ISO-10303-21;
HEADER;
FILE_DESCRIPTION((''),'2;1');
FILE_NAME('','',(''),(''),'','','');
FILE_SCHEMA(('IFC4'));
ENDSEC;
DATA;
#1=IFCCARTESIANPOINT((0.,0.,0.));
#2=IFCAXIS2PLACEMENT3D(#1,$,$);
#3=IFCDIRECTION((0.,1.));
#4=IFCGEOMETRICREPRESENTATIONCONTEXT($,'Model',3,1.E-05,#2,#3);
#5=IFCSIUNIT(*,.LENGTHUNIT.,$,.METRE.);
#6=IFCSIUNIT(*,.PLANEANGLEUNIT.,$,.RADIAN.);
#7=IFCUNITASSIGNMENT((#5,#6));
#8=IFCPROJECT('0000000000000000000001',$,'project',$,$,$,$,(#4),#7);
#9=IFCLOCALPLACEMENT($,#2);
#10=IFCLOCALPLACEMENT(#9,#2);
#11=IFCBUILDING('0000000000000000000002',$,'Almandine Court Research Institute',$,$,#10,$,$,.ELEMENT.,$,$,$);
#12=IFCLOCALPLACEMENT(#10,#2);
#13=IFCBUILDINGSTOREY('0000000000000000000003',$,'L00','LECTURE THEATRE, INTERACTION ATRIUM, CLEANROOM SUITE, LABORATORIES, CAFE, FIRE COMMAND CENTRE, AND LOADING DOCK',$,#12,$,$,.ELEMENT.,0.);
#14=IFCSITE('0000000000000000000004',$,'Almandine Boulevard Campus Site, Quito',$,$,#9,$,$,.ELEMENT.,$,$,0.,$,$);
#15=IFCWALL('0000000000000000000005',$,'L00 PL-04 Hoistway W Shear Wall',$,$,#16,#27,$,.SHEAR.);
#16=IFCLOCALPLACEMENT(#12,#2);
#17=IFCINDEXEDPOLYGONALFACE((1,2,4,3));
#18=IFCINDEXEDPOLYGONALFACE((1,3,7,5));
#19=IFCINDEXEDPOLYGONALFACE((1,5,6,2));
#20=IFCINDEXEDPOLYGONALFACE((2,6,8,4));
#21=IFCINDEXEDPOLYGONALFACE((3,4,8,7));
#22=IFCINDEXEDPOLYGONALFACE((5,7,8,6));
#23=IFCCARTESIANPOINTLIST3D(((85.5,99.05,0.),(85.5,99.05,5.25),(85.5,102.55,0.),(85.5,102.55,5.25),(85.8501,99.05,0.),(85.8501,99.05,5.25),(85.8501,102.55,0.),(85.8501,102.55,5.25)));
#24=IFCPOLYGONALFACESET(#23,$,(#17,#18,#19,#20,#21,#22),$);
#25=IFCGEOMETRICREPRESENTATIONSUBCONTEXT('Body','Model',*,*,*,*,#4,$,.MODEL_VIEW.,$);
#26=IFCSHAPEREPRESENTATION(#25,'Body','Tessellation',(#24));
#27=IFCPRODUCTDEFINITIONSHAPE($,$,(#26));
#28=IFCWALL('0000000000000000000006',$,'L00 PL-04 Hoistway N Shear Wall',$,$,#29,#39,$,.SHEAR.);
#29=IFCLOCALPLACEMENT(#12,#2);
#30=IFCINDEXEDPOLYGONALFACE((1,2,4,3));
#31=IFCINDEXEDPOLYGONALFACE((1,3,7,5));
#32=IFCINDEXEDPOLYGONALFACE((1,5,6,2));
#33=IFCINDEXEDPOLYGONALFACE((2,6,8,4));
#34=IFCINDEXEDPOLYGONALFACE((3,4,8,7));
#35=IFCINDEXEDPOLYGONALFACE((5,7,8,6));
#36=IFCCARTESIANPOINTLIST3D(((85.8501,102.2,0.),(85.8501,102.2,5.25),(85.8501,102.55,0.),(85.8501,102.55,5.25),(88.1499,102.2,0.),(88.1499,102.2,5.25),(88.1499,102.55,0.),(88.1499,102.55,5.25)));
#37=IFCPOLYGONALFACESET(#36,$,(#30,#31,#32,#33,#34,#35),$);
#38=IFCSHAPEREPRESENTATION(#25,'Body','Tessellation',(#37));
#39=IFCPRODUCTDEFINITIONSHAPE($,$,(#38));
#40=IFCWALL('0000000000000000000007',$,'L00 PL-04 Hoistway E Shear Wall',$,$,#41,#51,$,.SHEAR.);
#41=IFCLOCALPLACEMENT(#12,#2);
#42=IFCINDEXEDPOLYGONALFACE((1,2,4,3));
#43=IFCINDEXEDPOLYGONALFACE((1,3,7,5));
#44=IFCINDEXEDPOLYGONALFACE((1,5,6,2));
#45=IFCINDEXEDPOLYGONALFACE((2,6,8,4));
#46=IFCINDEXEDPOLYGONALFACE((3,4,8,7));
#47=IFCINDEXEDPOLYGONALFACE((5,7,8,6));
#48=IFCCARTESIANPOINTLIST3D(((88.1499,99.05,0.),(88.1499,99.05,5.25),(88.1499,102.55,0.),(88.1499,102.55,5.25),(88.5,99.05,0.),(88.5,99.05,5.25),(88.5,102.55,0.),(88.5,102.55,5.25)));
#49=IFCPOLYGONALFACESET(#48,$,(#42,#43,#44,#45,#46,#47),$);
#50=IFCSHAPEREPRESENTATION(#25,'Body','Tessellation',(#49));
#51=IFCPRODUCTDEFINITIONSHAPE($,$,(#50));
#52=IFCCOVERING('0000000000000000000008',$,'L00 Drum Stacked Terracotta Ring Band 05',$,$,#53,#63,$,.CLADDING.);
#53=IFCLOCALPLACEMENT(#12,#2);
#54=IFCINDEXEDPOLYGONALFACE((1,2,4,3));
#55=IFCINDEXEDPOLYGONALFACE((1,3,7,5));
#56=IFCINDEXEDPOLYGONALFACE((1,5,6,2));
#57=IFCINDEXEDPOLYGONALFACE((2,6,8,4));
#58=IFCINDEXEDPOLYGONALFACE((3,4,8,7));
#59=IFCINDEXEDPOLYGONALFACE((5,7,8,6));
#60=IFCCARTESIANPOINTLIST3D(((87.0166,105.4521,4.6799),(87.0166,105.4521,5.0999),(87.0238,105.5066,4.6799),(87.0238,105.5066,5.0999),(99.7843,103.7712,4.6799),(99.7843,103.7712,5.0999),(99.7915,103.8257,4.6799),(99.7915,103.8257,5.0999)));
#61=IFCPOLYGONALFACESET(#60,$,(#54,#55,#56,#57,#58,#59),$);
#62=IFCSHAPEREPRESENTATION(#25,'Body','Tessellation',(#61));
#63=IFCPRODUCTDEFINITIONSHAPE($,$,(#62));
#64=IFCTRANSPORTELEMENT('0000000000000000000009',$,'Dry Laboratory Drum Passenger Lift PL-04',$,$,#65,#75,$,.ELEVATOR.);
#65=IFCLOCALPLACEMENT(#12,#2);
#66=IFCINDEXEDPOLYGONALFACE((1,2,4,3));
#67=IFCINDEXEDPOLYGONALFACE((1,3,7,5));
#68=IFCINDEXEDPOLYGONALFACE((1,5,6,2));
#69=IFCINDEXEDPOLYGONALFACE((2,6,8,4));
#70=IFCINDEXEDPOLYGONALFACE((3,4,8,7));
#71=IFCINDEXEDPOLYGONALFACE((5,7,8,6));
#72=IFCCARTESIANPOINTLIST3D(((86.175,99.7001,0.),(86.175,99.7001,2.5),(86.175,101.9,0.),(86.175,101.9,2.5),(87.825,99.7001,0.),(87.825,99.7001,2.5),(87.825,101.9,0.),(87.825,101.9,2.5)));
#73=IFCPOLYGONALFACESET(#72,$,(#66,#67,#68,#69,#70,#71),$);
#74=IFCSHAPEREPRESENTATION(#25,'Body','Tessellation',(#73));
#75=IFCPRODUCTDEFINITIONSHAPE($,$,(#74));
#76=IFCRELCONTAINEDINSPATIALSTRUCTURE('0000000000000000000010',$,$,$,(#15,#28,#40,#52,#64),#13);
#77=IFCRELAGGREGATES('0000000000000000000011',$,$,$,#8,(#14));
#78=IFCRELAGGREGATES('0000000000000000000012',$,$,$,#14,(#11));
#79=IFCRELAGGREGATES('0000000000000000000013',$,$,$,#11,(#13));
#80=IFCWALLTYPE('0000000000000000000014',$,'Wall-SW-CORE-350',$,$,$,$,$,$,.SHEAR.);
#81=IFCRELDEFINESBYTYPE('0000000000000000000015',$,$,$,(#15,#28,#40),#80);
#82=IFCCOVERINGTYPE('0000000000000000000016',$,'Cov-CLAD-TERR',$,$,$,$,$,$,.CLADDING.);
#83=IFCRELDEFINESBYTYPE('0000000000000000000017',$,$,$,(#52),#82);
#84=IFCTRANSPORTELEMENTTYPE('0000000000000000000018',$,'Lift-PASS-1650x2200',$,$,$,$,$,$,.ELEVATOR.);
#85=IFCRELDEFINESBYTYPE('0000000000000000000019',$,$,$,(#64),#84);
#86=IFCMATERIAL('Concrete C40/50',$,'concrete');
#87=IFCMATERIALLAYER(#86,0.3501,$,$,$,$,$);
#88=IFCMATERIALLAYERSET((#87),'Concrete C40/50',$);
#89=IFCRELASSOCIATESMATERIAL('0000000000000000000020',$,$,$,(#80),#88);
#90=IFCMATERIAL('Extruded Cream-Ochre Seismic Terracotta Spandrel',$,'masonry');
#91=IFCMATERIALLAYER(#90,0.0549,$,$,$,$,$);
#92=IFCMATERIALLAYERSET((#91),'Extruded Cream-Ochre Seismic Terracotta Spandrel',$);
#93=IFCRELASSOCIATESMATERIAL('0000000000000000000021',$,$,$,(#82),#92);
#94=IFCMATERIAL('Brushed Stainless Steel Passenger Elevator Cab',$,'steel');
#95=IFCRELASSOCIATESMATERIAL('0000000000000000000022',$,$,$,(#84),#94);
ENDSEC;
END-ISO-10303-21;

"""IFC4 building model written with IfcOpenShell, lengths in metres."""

from ifc_helpers import new_model, si_unit, direction, frame, frame_2d, origin, origin_2d, place, context, subcontext, project, spatial, rectangle, extrude, material, layer, layer_set, type_object, element, save


model = new_model("IFC4")

# Units and contexts
model_context = context("Model", 3, precision=1e-05, world=origin(), true_north=direction((0.0, 1.0)))
body_context = subcontext(model_context, "Body", "Model", "MODEL_VIEW")
ifc_project = project(units=[si_unit("LENGTHUNIT", "METRE"), si_unit("PLANEANGLEUNIT", "RADIAN")], contexts=[model_context])

# Site, building, storey
site_placement = place(None, origin())
site = spatial("IfcSite", under=ifc_project, at=site_placement, Name="Almandine Boulevard Campus Site, Quito", CompositionType="ELEMENT", RefElevation=0.0)
building_placement = place(site_placement, origin())
building = spatial("IfcBuilding", under=site, at=building_placement, Name="Almandine Court Research Institute", CompositionType="ELEMENT")
storey_placement = place(building_placement, origin())
storey = spatial("IfcBuildingStorey", under=building, at=storey_placement, Name="L00", Description="LECTURE THEATRE, INTERACTION ATRIUM, CLEANROOM SUITE, LABORATORIES, CAFE, FIRE COMMAND CENTRE, AND LOADING DOCK", CompositionType="ELEMENT", Elevation=0.0)

# Walls
ifc_material_1 = material(Name="Concrete C40/50", Category="concrete")
ifc_layer_1 = layer(ifc_material_1, 0.3501)
ifc_layer_set_1 = layer_set([ifc_layer_1], Name="Concrete C40/50")
wall_type_1 = type_object("IfcWallType", Name="Wall-SW-CORE-350", PredefinedType="SHEAR", material=ifc_layer_set_1)
wall_1_placement = place(storey_placement, frame((85.675, 99.05, 0.0), z_axis=(0.0, 0.0, 1.0), x_axis=(0.0, 1.0, 0.0)))
element("IfcWall", 1, at=wall_1_placement, inside=storey, type_object=wall_type_1, Name="L00 PL-04 Hoistway W Shear Wall", PredefinedType="SHEAR", context=body_context, shape_type="SweptSolid", body=[
    extrude(rectangle(XDim=3.5, YDim=0.3501, at=frame_2d((1.75, 0.0))), origin(), (0.0, 0.0, 1.0), 5.25),
])
wall_2_placement = place(storey_placement, frame((85.8501, 102.375, 0.0), z_axis=(0.0, 0.0, 1.0), x_axis=(1.0, 0.0, 0.0)))
element("IfcWall", 2, at=wall_2_placement, inside=storey, type_object=wall_type_1, Name="L00 PL-04 Hoistway N Shear Wall", PredefinedType="SHEAR", context=body_context, shape_type="SweptSolid", body=[
    extrude(rectangle(XDim=2.2998, YDim=0.3501, at=frame_2d((1.1499, 0.0))), origin(), (0.0, 0.0, 1.0), 5.25),
])
wall_3_placement = place(storey_placement, frame((88.325, 102.55, 0.0), z_axis=(0.0, 0.0, 1.0), x_axis=(0.0, -1.0, 0.0)))
element("IfcWall", 3, at=wall_3_placement, inside=storey, type_object=wall_type_1, Name="L00 PL-04 Hoistway E Shear Wall", PredefinedType="SHEAR", context=body_context, shape_type="SweptSolid", body=[
    extrude(rectangle(XDim=3.5, YDim=0.3501, at=frame_2d((1.75, 0.0))), origin(), (0.0, 0.0, 1.0), 5.25),
])

# Covering
ifc_material_2 = material(Name="Extruded Cream-Ochre Seismic Terracotta Spandrel", Category="masonry")
ifc_layer_2 = layer(ifc_material_2, 0.0549)
ifc_layer_set_2 = layer_set([ifc_layer_2], Name="Extruded Cream-Ochre Seismic Terracotta Spandrel")
covering_type = type_object("IfcCoveringType", Name="Cov-CLAD-TERR", PredefinedType="CLADDING", material=ifc_layer_set_2)
covering_placement = place(storey_placement, frame((93.4041, 104.6389, 4.6799), z_axis=(0.0, 0.0, 1.0), x_axis=(0.991445, -0.130526, 0.0)))
element("IfcCovering", 4, at=covering_placement, inside=storey, type_object=covering_type, Name="L00 Drum Stacked Terracotta Ring Band 05", PredefinedType="CLADDING", context=body_context, shape_type="SweptSolid", body=[
    extrude(rectangle(XDim=12.8779, YDim=0.0549, at=origin_2d()), origin(), (0.0, 0.0, 1.0), 0.4199),
])

# Transport element
ifc_material_3 = material(Name="Brushed Stainless Steel Passenger Elevator Cab", Category="steel")
transport_element_type = type_object("IfcTransportElementType", Name="Lift-PASS-1650x2200", PredefinedType="ELEVATOR", material=ifc_material_3)
transport_element_placement = place(storey_placement, frame((87.0, 100.8, 0.0), z_axis=(0.0, 0.0, 1.0), x_axis=(1.0, 0.0, 0.0)))
element("IfcTransportElement", 5, at=transport_element_placement, inside=storey, type_object=transport_element_type, Name="Dry Laboratory Drum Passenger Lift PL-04", PredefinedType="ELEVATOR", context=body_context, shape_type="SweptSolid", body=[
    extrude(rectangle(XDim=1.6499, YDim=2.2, at=origin_2d()), origin(), (0.0, 0.0, 1.0), 2.5),
])

save(model, "model.ifc")
